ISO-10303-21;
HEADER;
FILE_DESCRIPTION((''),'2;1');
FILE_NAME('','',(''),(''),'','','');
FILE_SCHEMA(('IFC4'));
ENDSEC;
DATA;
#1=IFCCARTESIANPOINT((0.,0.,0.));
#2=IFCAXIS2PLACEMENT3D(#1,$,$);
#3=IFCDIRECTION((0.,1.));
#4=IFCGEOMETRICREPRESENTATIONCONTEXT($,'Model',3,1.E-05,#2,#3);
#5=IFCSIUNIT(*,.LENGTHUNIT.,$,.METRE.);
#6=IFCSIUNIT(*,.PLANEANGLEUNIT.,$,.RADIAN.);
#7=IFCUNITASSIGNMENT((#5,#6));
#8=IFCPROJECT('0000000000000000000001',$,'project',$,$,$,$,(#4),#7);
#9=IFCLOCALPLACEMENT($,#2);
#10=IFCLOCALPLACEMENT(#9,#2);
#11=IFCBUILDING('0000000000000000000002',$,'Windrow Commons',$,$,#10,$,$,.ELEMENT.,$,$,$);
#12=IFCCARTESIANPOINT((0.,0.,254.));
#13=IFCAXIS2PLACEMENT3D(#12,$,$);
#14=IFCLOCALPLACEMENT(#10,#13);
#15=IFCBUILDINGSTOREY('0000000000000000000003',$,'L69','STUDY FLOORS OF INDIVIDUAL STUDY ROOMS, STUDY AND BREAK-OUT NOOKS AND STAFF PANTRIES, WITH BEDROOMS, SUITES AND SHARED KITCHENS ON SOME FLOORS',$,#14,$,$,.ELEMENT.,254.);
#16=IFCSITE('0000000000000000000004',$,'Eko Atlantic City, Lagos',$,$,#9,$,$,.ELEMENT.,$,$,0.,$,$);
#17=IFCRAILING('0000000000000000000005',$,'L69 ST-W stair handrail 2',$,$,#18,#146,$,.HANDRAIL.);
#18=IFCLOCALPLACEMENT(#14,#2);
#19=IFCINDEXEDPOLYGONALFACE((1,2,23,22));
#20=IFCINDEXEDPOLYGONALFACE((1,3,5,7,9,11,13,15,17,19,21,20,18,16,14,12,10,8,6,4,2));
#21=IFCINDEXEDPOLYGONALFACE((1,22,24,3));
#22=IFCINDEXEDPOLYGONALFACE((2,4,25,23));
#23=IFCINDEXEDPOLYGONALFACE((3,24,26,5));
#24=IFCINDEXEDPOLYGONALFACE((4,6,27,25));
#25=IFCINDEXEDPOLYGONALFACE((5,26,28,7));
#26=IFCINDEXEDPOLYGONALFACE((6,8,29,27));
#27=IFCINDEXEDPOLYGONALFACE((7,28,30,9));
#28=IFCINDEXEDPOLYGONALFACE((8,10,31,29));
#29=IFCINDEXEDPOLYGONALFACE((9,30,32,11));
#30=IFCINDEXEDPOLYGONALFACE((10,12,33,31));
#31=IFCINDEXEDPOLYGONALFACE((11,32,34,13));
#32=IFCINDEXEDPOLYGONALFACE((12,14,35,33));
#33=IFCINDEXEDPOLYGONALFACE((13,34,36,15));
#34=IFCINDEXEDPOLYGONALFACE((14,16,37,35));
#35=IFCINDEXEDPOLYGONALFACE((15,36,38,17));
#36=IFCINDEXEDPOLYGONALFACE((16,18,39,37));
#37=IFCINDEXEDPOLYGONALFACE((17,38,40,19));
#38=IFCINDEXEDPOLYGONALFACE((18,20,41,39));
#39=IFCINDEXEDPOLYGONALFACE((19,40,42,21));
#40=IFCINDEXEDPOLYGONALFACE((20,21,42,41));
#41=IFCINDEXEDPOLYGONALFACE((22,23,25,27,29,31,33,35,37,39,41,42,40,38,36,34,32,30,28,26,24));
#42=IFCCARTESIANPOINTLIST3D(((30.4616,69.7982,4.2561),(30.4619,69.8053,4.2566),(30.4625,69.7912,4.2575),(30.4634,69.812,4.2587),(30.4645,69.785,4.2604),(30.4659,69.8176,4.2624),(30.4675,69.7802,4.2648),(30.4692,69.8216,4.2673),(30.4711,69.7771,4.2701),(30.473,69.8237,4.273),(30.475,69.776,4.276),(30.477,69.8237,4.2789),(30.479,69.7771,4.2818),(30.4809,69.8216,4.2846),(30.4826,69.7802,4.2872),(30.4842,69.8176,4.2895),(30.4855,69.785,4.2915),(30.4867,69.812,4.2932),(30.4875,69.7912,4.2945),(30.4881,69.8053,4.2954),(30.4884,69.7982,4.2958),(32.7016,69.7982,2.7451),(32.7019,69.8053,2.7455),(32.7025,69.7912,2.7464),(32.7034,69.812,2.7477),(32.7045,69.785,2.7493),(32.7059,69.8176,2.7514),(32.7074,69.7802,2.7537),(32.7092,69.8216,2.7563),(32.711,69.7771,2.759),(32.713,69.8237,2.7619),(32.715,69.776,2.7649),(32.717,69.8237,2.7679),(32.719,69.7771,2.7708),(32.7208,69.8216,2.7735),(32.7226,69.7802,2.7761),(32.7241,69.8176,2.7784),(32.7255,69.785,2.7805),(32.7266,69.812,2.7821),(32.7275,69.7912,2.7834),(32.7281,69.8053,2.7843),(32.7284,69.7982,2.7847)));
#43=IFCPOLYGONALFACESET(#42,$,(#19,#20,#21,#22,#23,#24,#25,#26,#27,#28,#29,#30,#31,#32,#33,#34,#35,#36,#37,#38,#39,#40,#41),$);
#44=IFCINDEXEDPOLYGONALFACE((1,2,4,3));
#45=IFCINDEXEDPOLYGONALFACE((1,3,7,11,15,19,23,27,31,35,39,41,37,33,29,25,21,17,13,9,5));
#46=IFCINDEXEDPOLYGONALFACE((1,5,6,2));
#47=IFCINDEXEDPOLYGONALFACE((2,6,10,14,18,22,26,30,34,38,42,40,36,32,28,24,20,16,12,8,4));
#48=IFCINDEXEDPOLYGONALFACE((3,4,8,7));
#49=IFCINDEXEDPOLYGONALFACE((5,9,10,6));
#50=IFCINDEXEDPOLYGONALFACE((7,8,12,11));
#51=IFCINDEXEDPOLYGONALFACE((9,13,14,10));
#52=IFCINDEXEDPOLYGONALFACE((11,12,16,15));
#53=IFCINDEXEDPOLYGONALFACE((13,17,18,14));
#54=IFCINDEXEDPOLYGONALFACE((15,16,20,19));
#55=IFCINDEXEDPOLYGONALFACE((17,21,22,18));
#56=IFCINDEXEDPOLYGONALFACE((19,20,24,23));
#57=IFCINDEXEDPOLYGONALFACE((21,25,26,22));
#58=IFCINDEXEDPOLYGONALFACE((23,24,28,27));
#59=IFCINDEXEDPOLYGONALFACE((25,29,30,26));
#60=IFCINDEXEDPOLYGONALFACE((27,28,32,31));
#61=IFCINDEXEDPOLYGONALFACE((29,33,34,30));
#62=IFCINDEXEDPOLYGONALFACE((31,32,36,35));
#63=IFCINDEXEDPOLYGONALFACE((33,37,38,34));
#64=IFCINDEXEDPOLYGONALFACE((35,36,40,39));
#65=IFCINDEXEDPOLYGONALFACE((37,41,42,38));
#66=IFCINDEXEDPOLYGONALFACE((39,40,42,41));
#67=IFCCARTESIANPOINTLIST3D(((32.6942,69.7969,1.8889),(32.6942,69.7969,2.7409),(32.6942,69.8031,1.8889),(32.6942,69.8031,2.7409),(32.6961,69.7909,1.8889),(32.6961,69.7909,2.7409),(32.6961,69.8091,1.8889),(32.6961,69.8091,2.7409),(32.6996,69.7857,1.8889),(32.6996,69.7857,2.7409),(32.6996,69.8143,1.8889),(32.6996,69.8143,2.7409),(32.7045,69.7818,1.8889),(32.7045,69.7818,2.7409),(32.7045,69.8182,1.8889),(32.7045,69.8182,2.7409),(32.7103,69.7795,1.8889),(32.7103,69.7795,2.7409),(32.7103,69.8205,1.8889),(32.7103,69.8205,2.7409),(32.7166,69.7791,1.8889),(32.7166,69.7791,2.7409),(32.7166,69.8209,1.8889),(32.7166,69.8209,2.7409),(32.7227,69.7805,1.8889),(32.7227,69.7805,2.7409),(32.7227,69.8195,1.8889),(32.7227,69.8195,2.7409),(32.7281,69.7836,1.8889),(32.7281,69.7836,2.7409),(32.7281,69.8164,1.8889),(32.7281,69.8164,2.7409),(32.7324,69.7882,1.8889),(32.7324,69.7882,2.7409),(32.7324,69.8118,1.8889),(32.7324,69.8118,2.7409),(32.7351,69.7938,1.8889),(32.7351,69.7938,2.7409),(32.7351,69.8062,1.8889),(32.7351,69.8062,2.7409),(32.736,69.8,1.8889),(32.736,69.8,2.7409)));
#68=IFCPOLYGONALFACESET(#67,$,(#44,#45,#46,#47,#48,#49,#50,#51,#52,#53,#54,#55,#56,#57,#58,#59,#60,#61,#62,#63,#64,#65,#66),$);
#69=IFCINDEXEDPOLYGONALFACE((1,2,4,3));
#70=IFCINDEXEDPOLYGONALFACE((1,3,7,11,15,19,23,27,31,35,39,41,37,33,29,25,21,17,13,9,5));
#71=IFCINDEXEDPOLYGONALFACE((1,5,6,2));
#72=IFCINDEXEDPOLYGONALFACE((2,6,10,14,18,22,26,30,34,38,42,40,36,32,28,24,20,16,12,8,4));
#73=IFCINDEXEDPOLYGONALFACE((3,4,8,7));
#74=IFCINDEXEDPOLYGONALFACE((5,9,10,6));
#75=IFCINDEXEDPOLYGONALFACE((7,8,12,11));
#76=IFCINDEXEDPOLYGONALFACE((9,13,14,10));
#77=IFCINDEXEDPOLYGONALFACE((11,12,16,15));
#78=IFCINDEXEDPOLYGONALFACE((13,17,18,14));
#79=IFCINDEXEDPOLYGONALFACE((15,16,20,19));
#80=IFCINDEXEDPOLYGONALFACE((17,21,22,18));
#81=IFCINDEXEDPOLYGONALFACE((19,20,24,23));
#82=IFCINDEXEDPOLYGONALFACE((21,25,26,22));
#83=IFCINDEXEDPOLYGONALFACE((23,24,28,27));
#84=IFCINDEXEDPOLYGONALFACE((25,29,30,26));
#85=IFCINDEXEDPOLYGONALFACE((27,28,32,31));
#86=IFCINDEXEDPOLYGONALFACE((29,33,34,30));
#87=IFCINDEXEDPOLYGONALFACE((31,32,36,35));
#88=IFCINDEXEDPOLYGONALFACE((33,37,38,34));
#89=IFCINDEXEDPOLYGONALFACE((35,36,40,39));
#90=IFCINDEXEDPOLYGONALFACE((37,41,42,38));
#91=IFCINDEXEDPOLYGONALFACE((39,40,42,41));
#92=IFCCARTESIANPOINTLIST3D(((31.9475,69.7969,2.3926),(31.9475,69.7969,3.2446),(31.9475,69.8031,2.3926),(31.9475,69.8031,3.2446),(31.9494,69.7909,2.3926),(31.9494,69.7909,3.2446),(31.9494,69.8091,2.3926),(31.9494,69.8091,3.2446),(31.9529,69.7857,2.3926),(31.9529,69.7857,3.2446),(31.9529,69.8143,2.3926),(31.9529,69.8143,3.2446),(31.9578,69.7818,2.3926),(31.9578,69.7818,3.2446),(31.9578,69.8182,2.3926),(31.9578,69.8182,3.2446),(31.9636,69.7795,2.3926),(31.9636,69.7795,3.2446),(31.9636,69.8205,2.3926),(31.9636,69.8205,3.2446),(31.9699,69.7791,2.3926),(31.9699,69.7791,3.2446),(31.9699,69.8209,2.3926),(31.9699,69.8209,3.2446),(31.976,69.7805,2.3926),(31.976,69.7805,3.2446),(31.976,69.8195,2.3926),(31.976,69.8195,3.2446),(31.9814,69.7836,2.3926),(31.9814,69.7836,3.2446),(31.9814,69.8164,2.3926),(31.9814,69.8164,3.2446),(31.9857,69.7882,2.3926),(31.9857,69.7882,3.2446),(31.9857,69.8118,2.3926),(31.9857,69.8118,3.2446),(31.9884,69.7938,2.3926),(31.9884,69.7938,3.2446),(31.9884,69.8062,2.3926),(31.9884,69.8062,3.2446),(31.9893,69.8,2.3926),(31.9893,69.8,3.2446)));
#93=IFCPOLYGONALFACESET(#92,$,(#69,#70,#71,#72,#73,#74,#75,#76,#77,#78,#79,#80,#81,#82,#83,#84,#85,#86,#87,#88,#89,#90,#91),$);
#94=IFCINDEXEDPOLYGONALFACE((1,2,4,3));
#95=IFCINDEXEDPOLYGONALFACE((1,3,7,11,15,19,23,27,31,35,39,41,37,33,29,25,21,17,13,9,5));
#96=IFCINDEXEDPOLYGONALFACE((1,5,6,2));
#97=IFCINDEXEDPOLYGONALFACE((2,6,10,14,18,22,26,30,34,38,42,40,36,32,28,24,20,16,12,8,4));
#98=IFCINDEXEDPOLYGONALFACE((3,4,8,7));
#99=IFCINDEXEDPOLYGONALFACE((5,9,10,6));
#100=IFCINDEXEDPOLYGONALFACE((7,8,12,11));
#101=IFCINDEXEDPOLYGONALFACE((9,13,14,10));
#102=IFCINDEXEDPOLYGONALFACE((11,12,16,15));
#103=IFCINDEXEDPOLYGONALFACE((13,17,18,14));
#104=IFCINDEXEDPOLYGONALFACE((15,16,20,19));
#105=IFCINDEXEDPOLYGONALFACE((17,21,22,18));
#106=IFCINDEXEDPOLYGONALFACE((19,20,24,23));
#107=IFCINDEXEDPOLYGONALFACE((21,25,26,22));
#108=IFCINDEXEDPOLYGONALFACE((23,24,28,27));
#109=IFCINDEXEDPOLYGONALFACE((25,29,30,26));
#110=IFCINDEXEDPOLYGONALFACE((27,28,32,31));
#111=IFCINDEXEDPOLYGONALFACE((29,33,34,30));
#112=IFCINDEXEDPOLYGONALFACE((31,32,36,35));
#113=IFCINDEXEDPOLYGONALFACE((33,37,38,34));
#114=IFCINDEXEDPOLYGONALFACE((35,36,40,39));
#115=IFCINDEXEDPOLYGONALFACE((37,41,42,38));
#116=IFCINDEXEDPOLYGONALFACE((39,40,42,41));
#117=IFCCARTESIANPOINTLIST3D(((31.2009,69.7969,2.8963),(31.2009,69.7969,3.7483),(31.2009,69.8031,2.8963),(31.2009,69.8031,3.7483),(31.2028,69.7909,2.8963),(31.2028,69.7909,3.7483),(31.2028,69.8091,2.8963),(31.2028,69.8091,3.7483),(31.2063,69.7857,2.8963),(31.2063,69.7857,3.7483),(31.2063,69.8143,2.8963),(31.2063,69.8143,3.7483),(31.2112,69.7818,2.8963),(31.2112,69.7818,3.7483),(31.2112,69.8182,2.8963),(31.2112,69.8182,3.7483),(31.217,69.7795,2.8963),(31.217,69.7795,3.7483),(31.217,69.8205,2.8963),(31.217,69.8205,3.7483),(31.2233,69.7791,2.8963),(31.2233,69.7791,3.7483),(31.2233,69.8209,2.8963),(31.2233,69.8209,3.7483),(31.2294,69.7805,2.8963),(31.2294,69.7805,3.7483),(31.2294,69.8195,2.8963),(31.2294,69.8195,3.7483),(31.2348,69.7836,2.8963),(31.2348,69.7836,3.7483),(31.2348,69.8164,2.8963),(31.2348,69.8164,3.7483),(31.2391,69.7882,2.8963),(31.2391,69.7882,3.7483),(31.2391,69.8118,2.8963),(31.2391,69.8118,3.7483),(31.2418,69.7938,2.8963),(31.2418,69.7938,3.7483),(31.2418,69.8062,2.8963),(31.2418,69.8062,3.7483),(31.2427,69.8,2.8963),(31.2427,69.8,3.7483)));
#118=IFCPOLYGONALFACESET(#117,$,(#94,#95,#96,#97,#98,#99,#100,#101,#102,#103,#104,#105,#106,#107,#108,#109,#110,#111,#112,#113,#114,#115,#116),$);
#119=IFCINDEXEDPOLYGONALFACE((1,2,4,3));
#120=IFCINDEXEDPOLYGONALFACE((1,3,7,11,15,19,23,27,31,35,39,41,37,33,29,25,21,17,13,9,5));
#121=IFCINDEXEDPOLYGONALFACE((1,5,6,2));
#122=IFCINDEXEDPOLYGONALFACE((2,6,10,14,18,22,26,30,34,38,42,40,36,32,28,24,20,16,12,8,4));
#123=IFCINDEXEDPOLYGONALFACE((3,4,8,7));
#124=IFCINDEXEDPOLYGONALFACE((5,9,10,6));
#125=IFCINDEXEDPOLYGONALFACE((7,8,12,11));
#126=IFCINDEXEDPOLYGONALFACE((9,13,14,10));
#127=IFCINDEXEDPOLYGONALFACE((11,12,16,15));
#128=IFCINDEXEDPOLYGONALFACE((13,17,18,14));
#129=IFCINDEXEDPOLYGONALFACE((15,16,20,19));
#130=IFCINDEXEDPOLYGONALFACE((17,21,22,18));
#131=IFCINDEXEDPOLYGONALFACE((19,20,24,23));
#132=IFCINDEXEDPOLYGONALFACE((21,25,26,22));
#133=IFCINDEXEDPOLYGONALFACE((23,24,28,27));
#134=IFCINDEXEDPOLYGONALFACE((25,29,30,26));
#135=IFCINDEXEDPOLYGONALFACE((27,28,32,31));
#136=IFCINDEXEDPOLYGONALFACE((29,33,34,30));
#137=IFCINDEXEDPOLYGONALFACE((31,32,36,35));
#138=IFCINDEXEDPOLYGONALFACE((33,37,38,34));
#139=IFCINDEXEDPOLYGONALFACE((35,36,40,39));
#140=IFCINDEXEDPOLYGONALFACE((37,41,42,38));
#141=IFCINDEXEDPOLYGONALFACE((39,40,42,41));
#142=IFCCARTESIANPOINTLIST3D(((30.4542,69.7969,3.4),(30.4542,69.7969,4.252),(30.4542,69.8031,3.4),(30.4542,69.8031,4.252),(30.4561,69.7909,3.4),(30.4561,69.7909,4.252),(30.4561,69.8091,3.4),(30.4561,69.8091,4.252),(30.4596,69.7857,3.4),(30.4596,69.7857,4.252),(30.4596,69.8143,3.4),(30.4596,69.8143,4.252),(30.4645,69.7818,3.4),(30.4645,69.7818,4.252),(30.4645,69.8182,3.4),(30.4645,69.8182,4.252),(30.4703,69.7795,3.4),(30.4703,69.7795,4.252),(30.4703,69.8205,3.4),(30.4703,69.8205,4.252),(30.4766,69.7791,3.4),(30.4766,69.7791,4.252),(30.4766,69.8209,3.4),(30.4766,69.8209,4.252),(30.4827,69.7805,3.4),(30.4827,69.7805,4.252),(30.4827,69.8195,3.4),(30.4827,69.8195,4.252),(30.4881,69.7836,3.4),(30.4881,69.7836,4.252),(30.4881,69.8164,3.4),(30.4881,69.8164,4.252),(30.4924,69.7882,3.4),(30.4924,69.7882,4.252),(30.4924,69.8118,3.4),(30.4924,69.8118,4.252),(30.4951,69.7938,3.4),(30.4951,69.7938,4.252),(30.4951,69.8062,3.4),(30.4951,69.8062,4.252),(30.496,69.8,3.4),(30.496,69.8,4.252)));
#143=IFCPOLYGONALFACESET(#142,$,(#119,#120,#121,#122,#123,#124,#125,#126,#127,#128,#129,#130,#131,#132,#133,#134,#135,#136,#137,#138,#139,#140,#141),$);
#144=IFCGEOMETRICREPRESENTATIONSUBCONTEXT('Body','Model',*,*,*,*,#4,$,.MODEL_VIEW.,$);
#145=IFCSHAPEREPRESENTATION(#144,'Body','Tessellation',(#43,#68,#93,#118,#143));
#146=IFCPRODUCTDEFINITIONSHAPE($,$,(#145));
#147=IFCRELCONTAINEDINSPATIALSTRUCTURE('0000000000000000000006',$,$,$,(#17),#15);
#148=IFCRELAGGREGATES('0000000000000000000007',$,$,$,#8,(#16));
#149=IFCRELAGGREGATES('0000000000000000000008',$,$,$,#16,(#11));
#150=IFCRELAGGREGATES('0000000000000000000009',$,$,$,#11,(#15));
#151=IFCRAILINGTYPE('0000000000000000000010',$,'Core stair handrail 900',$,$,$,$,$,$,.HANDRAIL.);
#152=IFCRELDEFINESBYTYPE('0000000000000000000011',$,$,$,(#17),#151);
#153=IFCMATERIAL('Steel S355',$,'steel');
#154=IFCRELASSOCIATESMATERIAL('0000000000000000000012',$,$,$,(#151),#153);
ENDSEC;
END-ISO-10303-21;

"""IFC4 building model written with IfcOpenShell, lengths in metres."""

from ifc_helpers import new_model, si_unit, direction, frame, origin, origin_2d, place, context, subcontext, project, spatial, circle, extrude, material, type_object, element, save


model = new_model("IFC4")

# Units and contexts
model_context = context("Model", 3, precision=1e-05, world=origin(), true_north=direction((0.0, 1.0)))
body_context = subcontext(model_context, "Body", "Model", "MODEL_VIEW")
ifc_project = project(units=[si_unit("LENGTHUNIT", "METRE"), si_unit("PLANEANGLEUNIT", "RADIAN")], contexts=[model_context])

# Site, building, storey
site_placement = place(None, origin())
site = spatial("IfcSite", under=ifc_project, at=site_placement, Name="Eko Atlantic City, Lagos", CompositionType="ELEMENT", RefElevation=0.0)
building_placement = place(site_placement, origin())
building = spatial("IfcBuilding", under=site, at=building_placement, Name="Windrow Commons", CompositionType="ELEMENT")
storey_placement = place(building_placement, frame((0.0, 0.0, 254.0)))
storey = spatial("IfcBuildingStorey", under=building, at=storey_placement, Name="L69", Description="STUDY FLOORS OF INDIVIDUAL STUDY ROOMS, STUDY AND BREAK-OUT NOOKS AND STAFF PANTRIES, WITH BEDROOMS, SUITES AND SHARED KITCHENS ON SOME FLOORS", CompositionType="ELEMENT", Elevation=254.0)

# Railing
ifc_material_1 = material(Name="Steel S355", Category="steel")
railing_type_1 = type_object("IfcRailingType", Name="Core stair handrail 900", PredefinedType="HANDRAIL", material=ifc_material_1)
railing_1_placement = place(storey_placement, frame((32.715, 69.8, 1.8889)))
element("IfcRailing", 1, at=railing_1_placement, inside=storey, type_object=railing_type_1, Name="L69 ST-W stair handrail 2", PredefinedType="HANDRAIL", context=body_context, shape_type="SweptSolid", body=[
    extrude(circle(Radius=0.024, at=origin_2d()), frame((0.0, 0.0, 0.876), z_axis=(-0.829003, 0.0, 0.559244), x_axis=(0.0, -1.0, 0.0)), (0.0, 0.0, 1.0), 2.702),
    extrude(circle(Radius=0.021, at=origin_2d()), origin(), (0.0, 0.0, 1.0), 0.852),
    extrude(circle(Radius=0.021, at=origin_2d()), frame((-0.7467, 0.0, 0.5037)), (0.0, 0.0, 1.0), 0.852),
    extrude(circle(Radius=0.021, at=origin_2d()), frame((-1.4933, 0.0, 1.0074)), (0.0, 0.0, 1.0), 0.852),
    extrude(circle(Radius=0.021, at=origin_2d()), frame((-2.24, 0.0, 1.5111)), (0.0, 0.0, 1.0), 0.852),
])

save(model, "model.ifc")
